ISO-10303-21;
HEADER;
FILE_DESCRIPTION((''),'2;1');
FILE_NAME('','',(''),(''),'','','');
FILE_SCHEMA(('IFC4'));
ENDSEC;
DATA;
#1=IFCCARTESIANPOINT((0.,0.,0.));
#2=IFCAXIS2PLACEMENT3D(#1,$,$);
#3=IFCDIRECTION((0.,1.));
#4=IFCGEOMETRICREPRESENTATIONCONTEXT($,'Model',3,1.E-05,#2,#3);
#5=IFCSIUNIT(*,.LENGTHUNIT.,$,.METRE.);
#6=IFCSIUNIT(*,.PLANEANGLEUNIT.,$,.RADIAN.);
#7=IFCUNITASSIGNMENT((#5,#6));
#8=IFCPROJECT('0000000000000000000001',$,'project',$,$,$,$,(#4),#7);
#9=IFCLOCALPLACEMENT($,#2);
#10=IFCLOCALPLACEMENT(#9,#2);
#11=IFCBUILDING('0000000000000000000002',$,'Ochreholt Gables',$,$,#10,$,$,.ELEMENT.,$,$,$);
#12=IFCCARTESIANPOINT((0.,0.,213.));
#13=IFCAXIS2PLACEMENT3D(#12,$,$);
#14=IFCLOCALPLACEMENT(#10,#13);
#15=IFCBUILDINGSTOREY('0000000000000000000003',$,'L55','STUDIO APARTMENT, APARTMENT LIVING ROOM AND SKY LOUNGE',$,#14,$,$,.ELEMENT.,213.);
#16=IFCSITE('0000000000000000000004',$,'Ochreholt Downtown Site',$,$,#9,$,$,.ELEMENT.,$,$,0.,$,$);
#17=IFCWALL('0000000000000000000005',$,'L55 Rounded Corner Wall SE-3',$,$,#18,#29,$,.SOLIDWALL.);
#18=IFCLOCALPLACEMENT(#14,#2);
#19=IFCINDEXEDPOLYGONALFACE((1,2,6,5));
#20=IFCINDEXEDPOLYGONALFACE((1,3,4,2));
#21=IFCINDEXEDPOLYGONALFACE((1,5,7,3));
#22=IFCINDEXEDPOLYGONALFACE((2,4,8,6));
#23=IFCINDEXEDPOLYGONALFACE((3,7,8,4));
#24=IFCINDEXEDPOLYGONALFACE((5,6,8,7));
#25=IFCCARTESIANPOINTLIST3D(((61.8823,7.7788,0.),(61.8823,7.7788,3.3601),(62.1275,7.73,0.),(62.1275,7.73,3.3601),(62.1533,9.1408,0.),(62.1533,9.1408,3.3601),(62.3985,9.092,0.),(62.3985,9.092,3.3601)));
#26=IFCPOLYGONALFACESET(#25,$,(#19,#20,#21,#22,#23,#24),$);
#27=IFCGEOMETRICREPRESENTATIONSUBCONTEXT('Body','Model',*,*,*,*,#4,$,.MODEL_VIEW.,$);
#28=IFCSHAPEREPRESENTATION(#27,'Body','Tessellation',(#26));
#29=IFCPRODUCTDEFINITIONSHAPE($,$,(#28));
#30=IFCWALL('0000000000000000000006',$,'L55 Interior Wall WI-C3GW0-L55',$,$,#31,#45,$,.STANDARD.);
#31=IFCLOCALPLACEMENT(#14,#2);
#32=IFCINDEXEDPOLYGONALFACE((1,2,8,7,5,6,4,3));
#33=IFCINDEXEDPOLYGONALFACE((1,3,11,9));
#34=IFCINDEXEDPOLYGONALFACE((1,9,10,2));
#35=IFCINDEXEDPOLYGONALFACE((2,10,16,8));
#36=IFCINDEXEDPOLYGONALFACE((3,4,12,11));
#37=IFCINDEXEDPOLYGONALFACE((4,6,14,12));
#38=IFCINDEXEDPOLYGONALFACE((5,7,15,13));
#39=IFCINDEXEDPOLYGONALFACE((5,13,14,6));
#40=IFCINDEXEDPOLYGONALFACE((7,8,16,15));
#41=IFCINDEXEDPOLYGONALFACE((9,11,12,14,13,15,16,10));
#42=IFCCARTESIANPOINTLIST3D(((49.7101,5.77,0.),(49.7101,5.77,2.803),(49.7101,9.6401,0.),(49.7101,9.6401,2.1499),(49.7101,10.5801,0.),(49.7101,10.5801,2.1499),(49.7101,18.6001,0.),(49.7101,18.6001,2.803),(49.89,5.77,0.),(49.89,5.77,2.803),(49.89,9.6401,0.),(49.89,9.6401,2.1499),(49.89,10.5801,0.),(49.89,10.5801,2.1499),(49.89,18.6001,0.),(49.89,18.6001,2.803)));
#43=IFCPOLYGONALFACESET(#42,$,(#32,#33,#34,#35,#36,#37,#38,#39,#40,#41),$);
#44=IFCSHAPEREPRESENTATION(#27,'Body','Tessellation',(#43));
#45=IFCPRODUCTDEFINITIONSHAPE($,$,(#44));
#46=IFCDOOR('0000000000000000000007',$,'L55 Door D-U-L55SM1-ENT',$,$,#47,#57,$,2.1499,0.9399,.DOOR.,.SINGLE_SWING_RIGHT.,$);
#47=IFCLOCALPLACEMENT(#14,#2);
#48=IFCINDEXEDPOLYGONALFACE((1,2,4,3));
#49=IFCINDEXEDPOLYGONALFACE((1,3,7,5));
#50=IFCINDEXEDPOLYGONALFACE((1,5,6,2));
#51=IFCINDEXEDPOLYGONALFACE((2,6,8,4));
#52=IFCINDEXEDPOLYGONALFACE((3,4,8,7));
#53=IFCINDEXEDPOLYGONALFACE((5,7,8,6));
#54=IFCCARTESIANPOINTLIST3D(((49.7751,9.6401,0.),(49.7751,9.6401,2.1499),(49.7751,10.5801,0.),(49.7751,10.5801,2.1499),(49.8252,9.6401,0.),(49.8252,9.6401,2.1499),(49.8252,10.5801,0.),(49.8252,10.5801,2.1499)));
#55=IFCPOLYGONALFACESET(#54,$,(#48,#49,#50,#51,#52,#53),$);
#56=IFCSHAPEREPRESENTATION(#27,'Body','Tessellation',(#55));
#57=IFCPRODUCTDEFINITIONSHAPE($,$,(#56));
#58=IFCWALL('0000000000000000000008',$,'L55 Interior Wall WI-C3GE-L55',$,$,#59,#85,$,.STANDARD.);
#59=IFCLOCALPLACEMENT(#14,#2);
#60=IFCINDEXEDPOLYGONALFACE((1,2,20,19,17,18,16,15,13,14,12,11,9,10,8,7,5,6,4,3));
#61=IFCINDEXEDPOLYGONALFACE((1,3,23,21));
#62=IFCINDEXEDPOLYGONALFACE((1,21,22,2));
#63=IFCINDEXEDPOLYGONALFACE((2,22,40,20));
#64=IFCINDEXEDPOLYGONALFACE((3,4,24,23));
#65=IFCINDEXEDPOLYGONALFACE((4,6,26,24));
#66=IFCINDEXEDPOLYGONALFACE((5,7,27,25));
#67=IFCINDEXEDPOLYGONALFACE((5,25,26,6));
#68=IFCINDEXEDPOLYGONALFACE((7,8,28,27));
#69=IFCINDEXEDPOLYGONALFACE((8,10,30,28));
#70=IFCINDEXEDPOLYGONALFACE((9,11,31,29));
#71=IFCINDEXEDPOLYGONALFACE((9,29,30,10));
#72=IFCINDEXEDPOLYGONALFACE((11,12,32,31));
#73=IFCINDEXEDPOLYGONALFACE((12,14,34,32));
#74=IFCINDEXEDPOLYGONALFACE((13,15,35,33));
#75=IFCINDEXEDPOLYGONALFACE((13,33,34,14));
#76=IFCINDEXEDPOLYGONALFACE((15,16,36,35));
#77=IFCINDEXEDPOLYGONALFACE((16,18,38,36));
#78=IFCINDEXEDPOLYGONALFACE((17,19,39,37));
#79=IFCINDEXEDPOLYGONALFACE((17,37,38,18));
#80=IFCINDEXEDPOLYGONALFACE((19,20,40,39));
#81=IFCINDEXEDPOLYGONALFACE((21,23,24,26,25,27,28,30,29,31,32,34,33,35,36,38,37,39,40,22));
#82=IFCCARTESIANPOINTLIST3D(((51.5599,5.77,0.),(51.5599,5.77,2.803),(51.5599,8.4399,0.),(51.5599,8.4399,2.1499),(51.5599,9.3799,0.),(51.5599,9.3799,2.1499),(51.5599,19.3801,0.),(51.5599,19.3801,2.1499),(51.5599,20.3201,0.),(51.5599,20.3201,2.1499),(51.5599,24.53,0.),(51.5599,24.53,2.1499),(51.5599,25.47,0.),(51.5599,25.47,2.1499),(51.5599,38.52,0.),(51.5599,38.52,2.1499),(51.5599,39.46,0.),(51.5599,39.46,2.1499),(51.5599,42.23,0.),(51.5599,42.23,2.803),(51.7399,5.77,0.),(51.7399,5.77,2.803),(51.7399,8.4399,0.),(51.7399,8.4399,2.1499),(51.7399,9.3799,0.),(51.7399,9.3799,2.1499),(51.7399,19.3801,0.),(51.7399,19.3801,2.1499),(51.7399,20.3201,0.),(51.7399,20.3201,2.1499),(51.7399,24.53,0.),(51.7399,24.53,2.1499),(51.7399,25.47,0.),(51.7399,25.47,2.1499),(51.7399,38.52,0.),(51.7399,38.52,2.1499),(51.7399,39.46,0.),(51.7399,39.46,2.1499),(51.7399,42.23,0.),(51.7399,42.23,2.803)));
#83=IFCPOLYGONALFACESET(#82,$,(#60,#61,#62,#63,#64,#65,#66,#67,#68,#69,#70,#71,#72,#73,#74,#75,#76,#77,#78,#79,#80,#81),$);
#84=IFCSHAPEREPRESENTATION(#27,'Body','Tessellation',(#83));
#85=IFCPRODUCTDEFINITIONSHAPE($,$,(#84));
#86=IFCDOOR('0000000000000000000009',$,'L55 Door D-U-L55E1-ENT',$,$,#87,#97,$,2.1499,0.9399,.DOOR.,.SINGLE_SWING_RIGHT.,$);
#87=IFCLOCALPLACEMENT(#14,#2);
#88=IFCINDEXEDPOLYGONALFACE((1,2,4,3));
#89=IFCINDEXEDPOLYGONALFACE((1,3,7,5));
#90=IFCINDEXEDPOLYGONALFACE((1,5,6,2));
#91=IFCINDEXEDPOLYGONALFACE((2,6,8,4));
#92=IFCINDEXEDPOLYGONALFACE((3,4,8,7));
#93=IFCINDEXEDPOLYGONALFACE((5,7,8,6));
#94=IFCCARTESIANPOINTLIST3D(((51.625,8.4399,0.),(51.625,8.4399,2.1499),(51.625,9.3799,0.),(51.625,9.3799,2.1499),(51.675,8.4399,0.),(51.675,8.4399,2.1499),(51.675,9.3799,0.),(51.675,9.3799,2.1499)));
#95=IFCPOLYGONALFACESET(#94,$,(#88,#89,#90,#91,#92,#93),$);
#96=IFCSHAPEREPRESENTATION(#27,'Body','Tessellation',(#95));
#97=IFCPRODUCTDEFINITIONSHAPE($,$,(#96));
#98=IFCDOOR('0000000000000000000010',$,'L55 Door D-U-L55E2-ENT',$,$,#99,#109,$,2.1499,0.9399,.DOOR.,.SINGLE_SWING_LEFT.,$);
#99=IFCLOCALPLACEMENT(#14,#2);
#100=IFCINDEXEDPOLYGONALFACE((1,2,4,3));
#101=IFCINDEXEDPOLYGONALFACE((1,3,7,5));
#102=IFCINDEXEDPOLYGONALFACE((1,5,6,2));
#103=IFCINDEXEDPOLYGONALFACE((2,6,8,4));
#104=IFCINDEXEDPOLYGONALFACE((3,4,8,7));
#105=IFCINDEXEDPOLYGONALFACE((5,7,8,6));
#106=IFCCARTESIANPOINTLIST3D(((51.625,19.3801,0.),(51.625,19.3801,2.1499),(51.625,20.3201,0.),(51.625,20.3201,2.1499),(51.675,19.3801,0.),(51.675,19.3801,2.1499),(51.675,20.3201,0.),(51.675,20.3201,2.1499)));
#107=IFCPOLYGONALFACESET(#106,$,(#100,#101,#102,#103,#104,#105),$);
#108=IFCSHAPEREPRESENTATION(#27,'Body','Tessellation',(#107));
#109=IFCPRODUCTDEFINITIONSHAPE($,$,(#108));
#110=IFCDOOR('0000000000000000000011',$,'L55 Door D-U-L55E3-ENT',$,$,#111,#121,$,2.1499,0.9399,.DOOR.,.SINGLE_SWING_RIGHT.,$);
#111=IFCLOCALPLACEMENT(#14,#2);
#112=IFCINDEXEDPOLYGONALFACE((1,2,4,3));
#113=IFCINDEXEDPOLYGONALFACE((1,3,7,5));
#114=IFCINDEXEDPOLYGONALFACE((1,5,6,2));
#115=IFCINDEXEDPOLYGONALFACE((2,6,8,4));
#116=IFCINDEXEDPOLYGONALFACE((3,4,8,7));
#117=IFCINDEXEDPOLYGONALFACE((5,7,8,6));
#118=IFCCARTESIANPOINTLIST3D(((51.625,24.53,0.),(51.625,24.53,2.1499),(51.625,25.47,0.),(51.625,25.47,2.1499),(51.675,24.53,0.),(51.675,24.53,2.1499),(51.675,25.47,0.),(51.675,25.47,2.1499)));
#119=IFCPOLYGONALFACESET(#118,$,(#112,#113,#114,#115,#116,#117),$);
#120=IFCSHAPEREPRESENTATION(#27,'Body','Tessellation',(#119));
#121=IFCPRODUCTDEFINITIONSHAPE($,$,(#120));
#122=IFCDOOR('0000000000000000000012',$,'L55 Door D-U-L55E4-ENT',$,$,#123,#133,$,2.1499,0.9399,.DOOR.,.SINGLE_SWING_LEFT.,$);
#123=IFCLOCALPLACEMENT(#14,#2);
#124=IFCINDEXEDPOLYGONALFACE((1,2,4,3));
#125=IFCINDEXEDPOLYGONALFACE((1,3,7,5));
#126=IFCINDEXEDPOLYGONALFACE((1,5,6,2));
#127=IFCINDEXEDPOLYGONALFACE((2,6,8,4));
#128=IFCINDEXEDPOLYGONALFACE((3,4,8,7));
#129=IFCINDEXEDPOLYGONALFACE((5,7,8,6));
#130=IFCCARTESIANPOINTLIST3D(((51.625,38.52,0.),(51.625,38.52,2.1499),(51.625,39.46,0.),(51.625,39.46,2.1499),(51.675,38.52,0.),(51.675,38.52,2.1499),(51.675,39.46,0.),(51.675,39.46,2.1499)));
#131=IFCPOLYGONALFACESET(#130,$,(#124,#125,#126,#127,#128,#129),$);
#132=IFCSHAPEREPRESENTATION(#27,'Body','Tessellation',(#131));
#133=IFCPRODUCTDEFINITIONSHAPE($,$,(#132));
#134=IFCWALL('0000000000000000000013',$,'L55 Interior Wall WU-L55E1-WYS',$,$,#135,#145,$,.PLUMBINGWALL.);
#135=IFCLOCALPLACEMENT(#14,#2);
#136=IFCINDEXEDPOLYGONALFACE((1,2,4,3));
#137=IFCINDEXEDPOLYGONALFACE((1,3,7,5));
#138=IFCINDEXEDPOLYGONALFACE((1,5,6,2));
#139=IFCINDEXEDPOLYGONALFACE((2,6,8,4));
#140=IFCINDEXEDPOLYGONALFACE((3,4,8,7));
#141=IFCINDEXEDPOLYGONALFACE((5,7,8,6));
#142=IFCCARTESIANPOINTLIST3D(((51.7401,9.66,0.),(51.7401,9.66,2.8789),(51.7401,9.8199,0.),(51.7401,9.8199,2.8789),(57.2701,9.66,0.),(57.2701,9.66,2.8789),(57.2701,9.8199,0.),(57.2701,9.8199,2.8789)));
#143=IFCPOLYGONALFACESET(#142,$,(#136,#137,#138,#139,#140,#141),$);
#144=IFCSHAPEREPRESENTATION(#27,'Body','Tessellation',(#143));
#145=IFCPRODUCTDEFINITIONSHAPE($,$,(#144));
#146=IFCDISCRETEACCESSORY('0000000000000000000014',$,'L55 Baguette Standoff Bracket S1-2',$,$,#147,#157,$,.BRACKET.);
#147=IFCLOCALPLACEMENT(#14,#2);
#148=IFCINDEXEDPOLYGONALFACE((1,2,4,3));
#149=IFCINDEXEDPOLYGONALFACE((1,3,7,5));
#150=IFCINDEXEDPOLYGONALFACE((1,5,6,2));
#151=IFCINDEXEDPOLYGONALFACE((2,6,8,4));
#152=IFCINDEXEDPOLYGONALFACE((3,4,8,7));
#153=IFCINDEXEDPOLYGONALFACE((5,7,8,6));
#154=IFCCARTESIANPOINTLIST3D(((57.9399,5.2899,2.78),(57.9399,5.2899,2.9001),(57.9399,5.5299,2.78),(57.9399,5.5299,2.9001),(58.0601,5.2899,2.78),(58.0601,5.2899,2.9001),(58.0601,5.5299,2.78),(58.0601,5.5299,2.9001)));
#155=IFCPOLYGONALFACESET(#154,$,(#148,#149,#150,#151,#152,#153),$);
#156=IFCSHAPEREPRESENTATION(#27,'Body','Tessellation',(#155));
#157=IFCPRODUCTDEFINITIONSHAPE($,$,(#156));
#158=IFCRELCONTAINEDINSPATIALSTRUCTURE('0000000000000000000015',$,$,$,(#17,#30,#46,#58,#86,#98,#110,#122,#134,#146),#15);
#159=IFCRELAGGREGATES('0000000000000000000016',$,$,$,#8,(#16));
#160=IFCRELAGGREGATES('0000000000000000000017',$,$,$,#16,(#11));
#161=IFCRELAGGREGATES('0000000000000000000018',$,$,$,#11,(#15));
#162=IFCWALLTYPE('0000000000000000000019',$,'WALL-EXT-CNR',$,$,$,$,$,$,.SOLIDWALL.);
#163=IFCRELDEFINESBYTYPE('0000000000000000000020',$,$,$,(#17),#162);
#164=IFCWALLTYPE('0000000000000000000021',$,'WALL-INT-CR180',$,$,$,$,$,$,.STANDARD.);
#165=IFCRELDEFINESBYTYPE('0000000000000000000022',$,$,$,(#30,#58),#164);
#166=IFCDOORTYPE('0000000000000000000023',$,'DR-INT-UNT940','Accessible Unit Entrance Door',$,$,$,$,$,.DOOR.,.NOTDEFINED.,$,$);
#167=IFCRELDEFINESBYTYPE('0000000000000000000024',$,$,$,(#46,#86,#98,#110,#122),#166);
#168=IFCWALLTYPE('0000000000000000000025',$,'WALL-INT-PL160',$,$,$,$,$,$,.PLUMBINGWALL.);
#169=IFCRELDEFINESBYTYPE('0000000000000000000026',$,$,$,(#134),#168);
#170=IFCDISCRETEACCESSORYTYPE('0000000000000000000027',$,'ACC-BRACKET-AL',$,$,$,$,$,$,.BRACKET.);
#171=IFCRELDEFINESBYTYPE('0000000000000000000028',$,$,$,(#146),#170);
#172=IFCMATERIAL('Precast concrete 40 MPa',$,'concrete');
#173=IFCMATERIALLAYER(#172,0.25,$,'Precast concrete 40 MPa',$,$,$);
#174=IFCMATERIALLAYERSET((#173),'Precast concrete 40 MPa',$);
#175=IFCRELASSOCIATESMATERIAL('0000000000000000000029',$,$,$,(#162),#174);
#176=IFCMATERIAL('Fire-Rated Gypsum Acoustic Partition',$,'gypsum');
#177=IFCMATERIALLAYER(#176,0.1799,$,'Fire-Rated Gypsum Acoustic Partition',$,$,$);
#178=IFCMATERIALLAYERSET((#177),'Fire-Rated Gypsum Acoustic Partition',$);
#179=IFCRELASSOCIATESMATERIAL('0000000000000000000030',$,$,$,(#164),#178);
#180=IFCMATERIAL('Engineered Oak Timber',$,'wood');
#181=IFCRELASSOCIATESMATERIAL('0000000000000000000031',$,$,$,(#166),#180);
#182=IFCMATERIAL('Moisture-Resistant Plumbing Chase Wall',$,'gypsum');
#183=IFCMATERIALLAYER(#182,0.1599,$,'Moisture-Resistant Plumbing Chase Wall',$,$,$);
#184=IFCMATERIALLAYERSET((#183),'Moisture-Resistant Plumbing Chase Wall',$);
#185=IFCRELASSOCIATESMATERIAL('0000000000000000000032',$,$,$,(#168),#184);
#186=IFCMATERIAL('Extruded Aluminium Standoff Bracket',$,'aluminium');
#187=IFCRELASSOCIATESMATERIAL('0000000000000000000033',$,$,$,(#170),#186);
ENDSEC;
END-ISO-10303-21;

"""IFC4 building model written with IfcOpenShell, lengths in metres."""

from ifc_helpers import new_model, si_unit, direction, frame, frame_2d, origin, origin_2d, place, context, subcontext, project, spatial, rectangle, extrude, material, layer, layer_set, type_object, element, fill, save


model = new_model("IFC4")

# Units and contexts
model_context = context("Model", 3, precision=1e-05, world=origin(), true_north=direction((0.0, 1.0)))
body_context = subcontext(model_context, "Body", "Model", "MODEL_VIEW")
ifc_project = project(units=[si_unit("LENGTHUNIT", "METRE"), si_unit("PLANEANGLEUNIT", "RADIAN")], contexts=[model_context])

# Site, building, storey
site_placement = place(None, origin())
site = spatial("IfcSite", under=ifc_project, at=site_placement, Name="Ochreholt Downtown Site", CompositionType="ELEMENT", RefElevation=0.0)
building_placement = place(site_placement, origin())
building = spatial("IfcBuilding", under=site, at=building_placement, Name="Ochreholt Gables", CompositionType="ELEMENT")
storey_placement = place(building_placement, frame((0.0, 0.0, 213.0)))
storey = spatial("IfcBuildingStorey", under=building, at=storey_placement, Name="L55", Description="STUDIO APARTMENT, APARTMENT LIVING ROOM AND SKY LOUNGE", CompositionType="ELEMENT", Elevation=213.0)

# Shared definitions
ifc_material_1 = material(Name="Precast concrete 40 MPa", Category="concrete")

# Wall
ifc_layer_1 = layer(ifc_material_1, 0.25, Name="Precast concrete 40 MPa")
ifc_layer_set_1 = layer_set([ifc_layer_1], Name="Precast concrete 40 MPa")
wall_type_1 = type_object("IfcWallType", Name="WALL-EXT-CNR", PredefinedType="SOLIDWALL", material=ifc_layer_set_1)
wall_1_placement = place(storey_placement, frame((62.0049, 7.7544, 0.0), z_axis=(0.0, 0.0, 1.0), x_axis=(0.195136, 0.980776, 0.0)))
element("IfcWall", 1, at=wall_1_placement, inside=storey, type_object=wall_type_1, Name="L55 Rounded Corner Wall SE-3", PredefinedType="SOLIDWALL", context=body_context, shape_type="SweptSolid", body=[
    extrude(rectangle(XDim=1.3887, YDim=0.25, at=frame_2d((0.6943, 0.0))), origin(), (0.0, 0.0, 1.0), 3.3601),
])

# Wall, opening, door
ifc_material_2 = material(Name="Fire-Rated Gypsum Acoustic Partition", Category="gypsum")
ifc_layer_2 = layer(ifc_material_2, 0.1799, Name="Fire-Rated Gypsum Acoustic Partition")
ifc_layer_set_2 = layer_set([ifc_layer_2], Name="Fire-Rated Gypsum Acoustic Partition")
wall_type_2 = type_object("IfcWallType", Name="WALL-INT-CR180", PredefinedType="STANDARD", material=ifc_layer_set_2)
wall_2_placement = place(storey_placement, frame((49.8, 5.77, 0.0), z_axis=(0.0, 0.0, 1.0), x_axis=(0.0, 1.0, 0.0)))
wall_2 = element("IfcWall", 2, at=wall_2_placement, inside=storey, type_object=wall_type_2, Name="L55 Interior Wall WI-C3GW0-L55", PredefinedType="STANDARD", context=body_context, shape_type="SweptSolid", body=[
    extrude(rectangle(XDim=12.8301, YDim=0.1799, at=frame_2d((6.415, 0.0))), origin(), (0.0, 0.0, 1.0), 2.803),
])
opening_1_placement = place(wall_2_placement, frame((3.8701, 0.0, 0.0)))
opening_1 = element("IfcOpeningElement", 3, at=opening_1_placement, cuts=wall_2, PredefinedType="OPENING", context=body_context, shape_type="SweptSolid", body=[
    extrude(rectangle(XDim=0.9399, YDim=2.1499, at=frame_2d((0.47, 1.075))), frame((0.0, 0.0999, 0.0), z_axis=(0.0, -1.0, 0.0), x_axis=(1.0, 0.0, 0.0)), (0.0, 0.0, 1.0), 0.2),
])
ifc_material_3 = material(Name="Engineered Oak Timber", Category="wood")
door_type_1 = type_object("IfcDoorType", Name="DR-INT-UNT940", Description="Accessible Unit Entrance Door", OperationType="NOTDEFINED", PredefinedType="DOOR", material=ifc_material_3)
door_1_placement = place(opening_1_placement, origin())
door_1 = element("IfcDoor", 4, at=door_1_placement, inside=storey, type_object=door_type_1, Name="L55 Door D-U-L55SM1-ENT", OperationType="SINGLE_SWING_RIGHT", OverallHeight=2.1499, OverallWidth=0.9399, PredefinedType="DOOR", context=body_context, shape_type="SweptSolid", body=[
    extrude(rectangle(XDim=0.9399, YDim=2.1499, at=frame_2d((0.47, 1.075))), frame((0.0, 0.0249, 0.0), z_axis=(0.0, -1.0, 0.0), x_axis=(1.0, 0.0, 0.0)), (0.0, 0.0, 1.0), 0.05),
])
fill(opening_1, door_1)

# Wall, openings, doors
wall_3_placement = place(storey_placement, frame((51.6499, 5.77, 0.0), z_axis=(0.0, 0.0, 1.0), x_axis=(0.0, 1.0, 0.0)))
wall_3 = element("IfcWall", 5, at=wall_3_placement, inside=storey, type_object=wall_type_2, Name="L55 Interior Wall WI-C3GE-L55", PredefinedType="STANDARD", context=body_context, shape_type="SweptSolid", body=[
    extrude(rectangle(XDim=36.46, YDim=0.1799, at=frame_2d((18.23, 0.0))), origin(), (0.0, 0.0, 1.0), 2.803),
])
opening_2_placement = place(wall_3_placement, frame((2.6699, 0.0, 0.0)))
opening_2 = element("IfcOpeningElement", 6, at=opening_2_placement, cuts=wall_3, PredefinedType="OPENING", context=body_context, shape_type="SweptSolid", body=[
    extrude(rectangle(XDim=0.9399, YDim=2.1499, at=frame_2d((0.47, 1.075))), frame((0.0, 0.0999, 0.0), z_axis=(0.0, -1.0, 0.0), x_axis=(1.0, 0.0, 0.0)), (0.0, 0.0, 1.0), 0.2),
])
opening_3_placement = place(wall_3_placement, frame((13.6101, 0.0, 0.0)))
opening_3 = element("IfcOpeningElement", 7, at=opening_3_placement, cuts=wall_3, PredefinedType="OPENING", context=body_context, shape_type="SweptSolid", body=[
    extrude(rectangle(XDim=0.9399, YDim=2.1499, at=frame_2d((0.47, 1.075))), frame((0.0, 0.0999, 0.0), z_axis=(0.0, -1.0, 0.0), x_axis=(1.0, 0.0, 0.0)), (0.0, 0.0, 1.0), 0.2),
])
opening_4_placement = place(wall_3_placement, frame((18.76, 0.0, 0.0)))
opening_4 = element("IfcOpeningElement", 8, at=opening_4_placement, cuts=wall_3, PredefinedType="OPENING", context=body_context, shape_type="SweptSolid", body=[
    extrude(rectangle(XDim=0.9399, YDim=2.1499, at=frame_2d((0.47, 1.075))), frame((0.0, 0.0999, 0.0), z_axis=(0.0, -1.0, 0.0), x_axis=(1.0, 0.0, 0.0)), (0.0, 0.0, 1.0), 0.2),
])
opening_5_placement = place(wall_3_placement, frame((32.75, 0.0, 0.0)))
opening_5 = element("IfcOpeningElement", 9, at=opening_5_placement, cuts=wall_3, PredefinedType="OPENING", context=body_context, shape_type="SweptSolid", body=[
    extrude(rectangle(XDim=0.9399, YDim=2.1499, at=frame_2d((0.47, 1.075))), frame((0.0, 0.0999, 0.0), z_axis=(0.0, -1.0, 0.0), x_axis=(1.0, 0.0, 0.0)), (0.0, 0.0, 1.0), 0.2),
])
door_2_placement = place(opening_2_placement, origin())
door_2 = element("IfcDoor", 10, at=door_2_placement, inside=storey, type_object=door_type_1, Name="L55 Door D-U-L55E1-ENT", OperationType="SINGLE_SWING_RIGHT", OverallHeight=2.1499, OverallWidth=0.9399, PredefinedType="DOOR", context=body_context, shape_type="SweptSolid", body=[
    extrude(rectangle(XDim=0.9399, YDim=2.1499, at=frame_2d((0.47, 1.075))), frame((0.0, 0.0249, 0.0), z_axis=(0.0, -1.0, 0.0), x_axis=(1.0, 0.0, 0.0)), (0.0, 0.0, 1.0), 0.05),
])
fill(opening_2, door_2)
door_3_placement = place(opening_3_placement, origin())
door_3 = element("IfcDoor", 11, at=door_3_placement, inside=storey, type_object=door_type_1, Name="L55 Door D-U-L55E2-ENT", OperationType="SINGLE_SWING_LEFT", OverallHeight=2.1499, OverallWidth=0.9399, PredefinedType="DOOR", context=body_context, shape_type="SweptSolid", body=[
    extrude(rectangle(XDim=0.9399, YDim=2.1499, at=frame_2d((0.47, 1.075))), frame((0.0, 0.0249, 0.0), z_axis=(0.0, -1.0, 0.0), x_axis=(1.0, 0.0, 0.0)), (0.0, 0.0, 1.0), 0.05),
])
fill(opening_3, door_3)
door_4_placement = place(opening_4_placement, origin())
door_4 = element("IfcDoor", 12, at=door_4_placement, inside=storey, type_object=door_type_1, Name="L55 Door D-U-L55E3-ENT", OperationType="SINGLE_SWING_RIGHT", OverallHeight=2.1499, OverallWidth=0.9399, PredefinedType="DOOR", context=body_context, shape_type="SweptSolid", body=[
    extrude(rectangle(XDim=0.9399, YDim=2.1499, at=frame_2d((0.47, 1.075))), frame((0.0, 0.0249, 0.0), z_axis=(0.0, -1.0, 0.0), x_axis=(1.0, 0.0, 0.0)), (0.0, 0.0, 1.0), 0.05),
])
fill(opening_4, door_4)
door_5_placement = place(opening_5_placement, origin())
door_5 = element("IfcDoor", 13, at=door_5_placement, inside=storey, type_object=door_type_1, Name="L55 Door D-U-L55E4-ENT", OperationType="SINGLE_SWING_LEFT", OverallHeight=2.1499, OverallWidth=0.9399, PredefinedType="DOOR", context=body_context, shape_type="SweptSolid", body=[
    extrude(rectangle(XDim=0.9399, YDim=2.1499, at=frame_2d((0.47, 1.075))), frame((0.0, 0.0249, 0.0), z_axis=(0.0, -1.0, 0.0), x_axis=(1.0, 0.0, 0.0)), (0.0, 0.0, 1.0), 0.05),
])
fill(opening_5, door_5)

# Wall
ifc_material_4 = material(Name="Moisture-Resistant Plumbing Chase Wall", Category="gypsum")
ifc_layer_3 = layer(ifc_material_4, 0.1599, Name="Moisture-Resistant Plumbing Chase Wall")
ifc_layer_set_3 = layer_set([ifc_layer_3], Name="Moisture-Resistant Plumbing Chase Wall")
wall_type_3 = type_object("IfcWallType", Name="WALL-INT-PL160", PredefinedType="PLUMBINGWALL", material=ifc_layer_set_3)
wall_4_placement = place(storey_placement, frame((51.74, 9.74, 0.0), z_axis=(0.0, 0.0, 1.0), x_axis=(1.0, 0.0, 0.0)))
element("IfcWall", 14, at=wall_4_placement, inside=storey, type_object=wall_type_3, Name="L55 Interior Wall WU-L55E1-WYS", PredefinedType="PLUMBINGWALL", context=body_context, shape_type="SweptSolid", body=[
    extrude(rectangle(XDim=5.53, YDim=0.1599, at=frame_2d((2.7651, 0.0))), origin(), (0.0, 0.0, 1.0), 2.8789),
])

# Discrete accessory
ifc_material_5 = material(Name="Extruded Aluminium Standoff Bracket", Category="aluminium")
discrete_accessory_type = type_object("IfcDiscreteAccessoryType", Name="ACC-BRACKET-AL", PredefinedType="BRACKET", material=ifc_material_5)
discrete_accessory_placement = place(storey_placement, frame((58.0, 5.4099, 2.78), z_axis=(0.0, 0.0, 1.0), x_axis=(1.0, 0.0, 0.0)))
element("IfcDiscreteAccessory", 15, at=discrete_accessory_placement, inside=storey, type_object=discrete_accessory_type, Name="L55 Baguette Standoff Bracket S1-2", PredefinedType="BRACKET", context=body_context, shape_type="SweptSolid", body=[
    extrude(rectangle(XDim=0.1201, YDim=0.24, at=origin_2d()), origin(), (0.0, 0.0, 1.0), 0.1201),
])

save(model, "model.ifc")
